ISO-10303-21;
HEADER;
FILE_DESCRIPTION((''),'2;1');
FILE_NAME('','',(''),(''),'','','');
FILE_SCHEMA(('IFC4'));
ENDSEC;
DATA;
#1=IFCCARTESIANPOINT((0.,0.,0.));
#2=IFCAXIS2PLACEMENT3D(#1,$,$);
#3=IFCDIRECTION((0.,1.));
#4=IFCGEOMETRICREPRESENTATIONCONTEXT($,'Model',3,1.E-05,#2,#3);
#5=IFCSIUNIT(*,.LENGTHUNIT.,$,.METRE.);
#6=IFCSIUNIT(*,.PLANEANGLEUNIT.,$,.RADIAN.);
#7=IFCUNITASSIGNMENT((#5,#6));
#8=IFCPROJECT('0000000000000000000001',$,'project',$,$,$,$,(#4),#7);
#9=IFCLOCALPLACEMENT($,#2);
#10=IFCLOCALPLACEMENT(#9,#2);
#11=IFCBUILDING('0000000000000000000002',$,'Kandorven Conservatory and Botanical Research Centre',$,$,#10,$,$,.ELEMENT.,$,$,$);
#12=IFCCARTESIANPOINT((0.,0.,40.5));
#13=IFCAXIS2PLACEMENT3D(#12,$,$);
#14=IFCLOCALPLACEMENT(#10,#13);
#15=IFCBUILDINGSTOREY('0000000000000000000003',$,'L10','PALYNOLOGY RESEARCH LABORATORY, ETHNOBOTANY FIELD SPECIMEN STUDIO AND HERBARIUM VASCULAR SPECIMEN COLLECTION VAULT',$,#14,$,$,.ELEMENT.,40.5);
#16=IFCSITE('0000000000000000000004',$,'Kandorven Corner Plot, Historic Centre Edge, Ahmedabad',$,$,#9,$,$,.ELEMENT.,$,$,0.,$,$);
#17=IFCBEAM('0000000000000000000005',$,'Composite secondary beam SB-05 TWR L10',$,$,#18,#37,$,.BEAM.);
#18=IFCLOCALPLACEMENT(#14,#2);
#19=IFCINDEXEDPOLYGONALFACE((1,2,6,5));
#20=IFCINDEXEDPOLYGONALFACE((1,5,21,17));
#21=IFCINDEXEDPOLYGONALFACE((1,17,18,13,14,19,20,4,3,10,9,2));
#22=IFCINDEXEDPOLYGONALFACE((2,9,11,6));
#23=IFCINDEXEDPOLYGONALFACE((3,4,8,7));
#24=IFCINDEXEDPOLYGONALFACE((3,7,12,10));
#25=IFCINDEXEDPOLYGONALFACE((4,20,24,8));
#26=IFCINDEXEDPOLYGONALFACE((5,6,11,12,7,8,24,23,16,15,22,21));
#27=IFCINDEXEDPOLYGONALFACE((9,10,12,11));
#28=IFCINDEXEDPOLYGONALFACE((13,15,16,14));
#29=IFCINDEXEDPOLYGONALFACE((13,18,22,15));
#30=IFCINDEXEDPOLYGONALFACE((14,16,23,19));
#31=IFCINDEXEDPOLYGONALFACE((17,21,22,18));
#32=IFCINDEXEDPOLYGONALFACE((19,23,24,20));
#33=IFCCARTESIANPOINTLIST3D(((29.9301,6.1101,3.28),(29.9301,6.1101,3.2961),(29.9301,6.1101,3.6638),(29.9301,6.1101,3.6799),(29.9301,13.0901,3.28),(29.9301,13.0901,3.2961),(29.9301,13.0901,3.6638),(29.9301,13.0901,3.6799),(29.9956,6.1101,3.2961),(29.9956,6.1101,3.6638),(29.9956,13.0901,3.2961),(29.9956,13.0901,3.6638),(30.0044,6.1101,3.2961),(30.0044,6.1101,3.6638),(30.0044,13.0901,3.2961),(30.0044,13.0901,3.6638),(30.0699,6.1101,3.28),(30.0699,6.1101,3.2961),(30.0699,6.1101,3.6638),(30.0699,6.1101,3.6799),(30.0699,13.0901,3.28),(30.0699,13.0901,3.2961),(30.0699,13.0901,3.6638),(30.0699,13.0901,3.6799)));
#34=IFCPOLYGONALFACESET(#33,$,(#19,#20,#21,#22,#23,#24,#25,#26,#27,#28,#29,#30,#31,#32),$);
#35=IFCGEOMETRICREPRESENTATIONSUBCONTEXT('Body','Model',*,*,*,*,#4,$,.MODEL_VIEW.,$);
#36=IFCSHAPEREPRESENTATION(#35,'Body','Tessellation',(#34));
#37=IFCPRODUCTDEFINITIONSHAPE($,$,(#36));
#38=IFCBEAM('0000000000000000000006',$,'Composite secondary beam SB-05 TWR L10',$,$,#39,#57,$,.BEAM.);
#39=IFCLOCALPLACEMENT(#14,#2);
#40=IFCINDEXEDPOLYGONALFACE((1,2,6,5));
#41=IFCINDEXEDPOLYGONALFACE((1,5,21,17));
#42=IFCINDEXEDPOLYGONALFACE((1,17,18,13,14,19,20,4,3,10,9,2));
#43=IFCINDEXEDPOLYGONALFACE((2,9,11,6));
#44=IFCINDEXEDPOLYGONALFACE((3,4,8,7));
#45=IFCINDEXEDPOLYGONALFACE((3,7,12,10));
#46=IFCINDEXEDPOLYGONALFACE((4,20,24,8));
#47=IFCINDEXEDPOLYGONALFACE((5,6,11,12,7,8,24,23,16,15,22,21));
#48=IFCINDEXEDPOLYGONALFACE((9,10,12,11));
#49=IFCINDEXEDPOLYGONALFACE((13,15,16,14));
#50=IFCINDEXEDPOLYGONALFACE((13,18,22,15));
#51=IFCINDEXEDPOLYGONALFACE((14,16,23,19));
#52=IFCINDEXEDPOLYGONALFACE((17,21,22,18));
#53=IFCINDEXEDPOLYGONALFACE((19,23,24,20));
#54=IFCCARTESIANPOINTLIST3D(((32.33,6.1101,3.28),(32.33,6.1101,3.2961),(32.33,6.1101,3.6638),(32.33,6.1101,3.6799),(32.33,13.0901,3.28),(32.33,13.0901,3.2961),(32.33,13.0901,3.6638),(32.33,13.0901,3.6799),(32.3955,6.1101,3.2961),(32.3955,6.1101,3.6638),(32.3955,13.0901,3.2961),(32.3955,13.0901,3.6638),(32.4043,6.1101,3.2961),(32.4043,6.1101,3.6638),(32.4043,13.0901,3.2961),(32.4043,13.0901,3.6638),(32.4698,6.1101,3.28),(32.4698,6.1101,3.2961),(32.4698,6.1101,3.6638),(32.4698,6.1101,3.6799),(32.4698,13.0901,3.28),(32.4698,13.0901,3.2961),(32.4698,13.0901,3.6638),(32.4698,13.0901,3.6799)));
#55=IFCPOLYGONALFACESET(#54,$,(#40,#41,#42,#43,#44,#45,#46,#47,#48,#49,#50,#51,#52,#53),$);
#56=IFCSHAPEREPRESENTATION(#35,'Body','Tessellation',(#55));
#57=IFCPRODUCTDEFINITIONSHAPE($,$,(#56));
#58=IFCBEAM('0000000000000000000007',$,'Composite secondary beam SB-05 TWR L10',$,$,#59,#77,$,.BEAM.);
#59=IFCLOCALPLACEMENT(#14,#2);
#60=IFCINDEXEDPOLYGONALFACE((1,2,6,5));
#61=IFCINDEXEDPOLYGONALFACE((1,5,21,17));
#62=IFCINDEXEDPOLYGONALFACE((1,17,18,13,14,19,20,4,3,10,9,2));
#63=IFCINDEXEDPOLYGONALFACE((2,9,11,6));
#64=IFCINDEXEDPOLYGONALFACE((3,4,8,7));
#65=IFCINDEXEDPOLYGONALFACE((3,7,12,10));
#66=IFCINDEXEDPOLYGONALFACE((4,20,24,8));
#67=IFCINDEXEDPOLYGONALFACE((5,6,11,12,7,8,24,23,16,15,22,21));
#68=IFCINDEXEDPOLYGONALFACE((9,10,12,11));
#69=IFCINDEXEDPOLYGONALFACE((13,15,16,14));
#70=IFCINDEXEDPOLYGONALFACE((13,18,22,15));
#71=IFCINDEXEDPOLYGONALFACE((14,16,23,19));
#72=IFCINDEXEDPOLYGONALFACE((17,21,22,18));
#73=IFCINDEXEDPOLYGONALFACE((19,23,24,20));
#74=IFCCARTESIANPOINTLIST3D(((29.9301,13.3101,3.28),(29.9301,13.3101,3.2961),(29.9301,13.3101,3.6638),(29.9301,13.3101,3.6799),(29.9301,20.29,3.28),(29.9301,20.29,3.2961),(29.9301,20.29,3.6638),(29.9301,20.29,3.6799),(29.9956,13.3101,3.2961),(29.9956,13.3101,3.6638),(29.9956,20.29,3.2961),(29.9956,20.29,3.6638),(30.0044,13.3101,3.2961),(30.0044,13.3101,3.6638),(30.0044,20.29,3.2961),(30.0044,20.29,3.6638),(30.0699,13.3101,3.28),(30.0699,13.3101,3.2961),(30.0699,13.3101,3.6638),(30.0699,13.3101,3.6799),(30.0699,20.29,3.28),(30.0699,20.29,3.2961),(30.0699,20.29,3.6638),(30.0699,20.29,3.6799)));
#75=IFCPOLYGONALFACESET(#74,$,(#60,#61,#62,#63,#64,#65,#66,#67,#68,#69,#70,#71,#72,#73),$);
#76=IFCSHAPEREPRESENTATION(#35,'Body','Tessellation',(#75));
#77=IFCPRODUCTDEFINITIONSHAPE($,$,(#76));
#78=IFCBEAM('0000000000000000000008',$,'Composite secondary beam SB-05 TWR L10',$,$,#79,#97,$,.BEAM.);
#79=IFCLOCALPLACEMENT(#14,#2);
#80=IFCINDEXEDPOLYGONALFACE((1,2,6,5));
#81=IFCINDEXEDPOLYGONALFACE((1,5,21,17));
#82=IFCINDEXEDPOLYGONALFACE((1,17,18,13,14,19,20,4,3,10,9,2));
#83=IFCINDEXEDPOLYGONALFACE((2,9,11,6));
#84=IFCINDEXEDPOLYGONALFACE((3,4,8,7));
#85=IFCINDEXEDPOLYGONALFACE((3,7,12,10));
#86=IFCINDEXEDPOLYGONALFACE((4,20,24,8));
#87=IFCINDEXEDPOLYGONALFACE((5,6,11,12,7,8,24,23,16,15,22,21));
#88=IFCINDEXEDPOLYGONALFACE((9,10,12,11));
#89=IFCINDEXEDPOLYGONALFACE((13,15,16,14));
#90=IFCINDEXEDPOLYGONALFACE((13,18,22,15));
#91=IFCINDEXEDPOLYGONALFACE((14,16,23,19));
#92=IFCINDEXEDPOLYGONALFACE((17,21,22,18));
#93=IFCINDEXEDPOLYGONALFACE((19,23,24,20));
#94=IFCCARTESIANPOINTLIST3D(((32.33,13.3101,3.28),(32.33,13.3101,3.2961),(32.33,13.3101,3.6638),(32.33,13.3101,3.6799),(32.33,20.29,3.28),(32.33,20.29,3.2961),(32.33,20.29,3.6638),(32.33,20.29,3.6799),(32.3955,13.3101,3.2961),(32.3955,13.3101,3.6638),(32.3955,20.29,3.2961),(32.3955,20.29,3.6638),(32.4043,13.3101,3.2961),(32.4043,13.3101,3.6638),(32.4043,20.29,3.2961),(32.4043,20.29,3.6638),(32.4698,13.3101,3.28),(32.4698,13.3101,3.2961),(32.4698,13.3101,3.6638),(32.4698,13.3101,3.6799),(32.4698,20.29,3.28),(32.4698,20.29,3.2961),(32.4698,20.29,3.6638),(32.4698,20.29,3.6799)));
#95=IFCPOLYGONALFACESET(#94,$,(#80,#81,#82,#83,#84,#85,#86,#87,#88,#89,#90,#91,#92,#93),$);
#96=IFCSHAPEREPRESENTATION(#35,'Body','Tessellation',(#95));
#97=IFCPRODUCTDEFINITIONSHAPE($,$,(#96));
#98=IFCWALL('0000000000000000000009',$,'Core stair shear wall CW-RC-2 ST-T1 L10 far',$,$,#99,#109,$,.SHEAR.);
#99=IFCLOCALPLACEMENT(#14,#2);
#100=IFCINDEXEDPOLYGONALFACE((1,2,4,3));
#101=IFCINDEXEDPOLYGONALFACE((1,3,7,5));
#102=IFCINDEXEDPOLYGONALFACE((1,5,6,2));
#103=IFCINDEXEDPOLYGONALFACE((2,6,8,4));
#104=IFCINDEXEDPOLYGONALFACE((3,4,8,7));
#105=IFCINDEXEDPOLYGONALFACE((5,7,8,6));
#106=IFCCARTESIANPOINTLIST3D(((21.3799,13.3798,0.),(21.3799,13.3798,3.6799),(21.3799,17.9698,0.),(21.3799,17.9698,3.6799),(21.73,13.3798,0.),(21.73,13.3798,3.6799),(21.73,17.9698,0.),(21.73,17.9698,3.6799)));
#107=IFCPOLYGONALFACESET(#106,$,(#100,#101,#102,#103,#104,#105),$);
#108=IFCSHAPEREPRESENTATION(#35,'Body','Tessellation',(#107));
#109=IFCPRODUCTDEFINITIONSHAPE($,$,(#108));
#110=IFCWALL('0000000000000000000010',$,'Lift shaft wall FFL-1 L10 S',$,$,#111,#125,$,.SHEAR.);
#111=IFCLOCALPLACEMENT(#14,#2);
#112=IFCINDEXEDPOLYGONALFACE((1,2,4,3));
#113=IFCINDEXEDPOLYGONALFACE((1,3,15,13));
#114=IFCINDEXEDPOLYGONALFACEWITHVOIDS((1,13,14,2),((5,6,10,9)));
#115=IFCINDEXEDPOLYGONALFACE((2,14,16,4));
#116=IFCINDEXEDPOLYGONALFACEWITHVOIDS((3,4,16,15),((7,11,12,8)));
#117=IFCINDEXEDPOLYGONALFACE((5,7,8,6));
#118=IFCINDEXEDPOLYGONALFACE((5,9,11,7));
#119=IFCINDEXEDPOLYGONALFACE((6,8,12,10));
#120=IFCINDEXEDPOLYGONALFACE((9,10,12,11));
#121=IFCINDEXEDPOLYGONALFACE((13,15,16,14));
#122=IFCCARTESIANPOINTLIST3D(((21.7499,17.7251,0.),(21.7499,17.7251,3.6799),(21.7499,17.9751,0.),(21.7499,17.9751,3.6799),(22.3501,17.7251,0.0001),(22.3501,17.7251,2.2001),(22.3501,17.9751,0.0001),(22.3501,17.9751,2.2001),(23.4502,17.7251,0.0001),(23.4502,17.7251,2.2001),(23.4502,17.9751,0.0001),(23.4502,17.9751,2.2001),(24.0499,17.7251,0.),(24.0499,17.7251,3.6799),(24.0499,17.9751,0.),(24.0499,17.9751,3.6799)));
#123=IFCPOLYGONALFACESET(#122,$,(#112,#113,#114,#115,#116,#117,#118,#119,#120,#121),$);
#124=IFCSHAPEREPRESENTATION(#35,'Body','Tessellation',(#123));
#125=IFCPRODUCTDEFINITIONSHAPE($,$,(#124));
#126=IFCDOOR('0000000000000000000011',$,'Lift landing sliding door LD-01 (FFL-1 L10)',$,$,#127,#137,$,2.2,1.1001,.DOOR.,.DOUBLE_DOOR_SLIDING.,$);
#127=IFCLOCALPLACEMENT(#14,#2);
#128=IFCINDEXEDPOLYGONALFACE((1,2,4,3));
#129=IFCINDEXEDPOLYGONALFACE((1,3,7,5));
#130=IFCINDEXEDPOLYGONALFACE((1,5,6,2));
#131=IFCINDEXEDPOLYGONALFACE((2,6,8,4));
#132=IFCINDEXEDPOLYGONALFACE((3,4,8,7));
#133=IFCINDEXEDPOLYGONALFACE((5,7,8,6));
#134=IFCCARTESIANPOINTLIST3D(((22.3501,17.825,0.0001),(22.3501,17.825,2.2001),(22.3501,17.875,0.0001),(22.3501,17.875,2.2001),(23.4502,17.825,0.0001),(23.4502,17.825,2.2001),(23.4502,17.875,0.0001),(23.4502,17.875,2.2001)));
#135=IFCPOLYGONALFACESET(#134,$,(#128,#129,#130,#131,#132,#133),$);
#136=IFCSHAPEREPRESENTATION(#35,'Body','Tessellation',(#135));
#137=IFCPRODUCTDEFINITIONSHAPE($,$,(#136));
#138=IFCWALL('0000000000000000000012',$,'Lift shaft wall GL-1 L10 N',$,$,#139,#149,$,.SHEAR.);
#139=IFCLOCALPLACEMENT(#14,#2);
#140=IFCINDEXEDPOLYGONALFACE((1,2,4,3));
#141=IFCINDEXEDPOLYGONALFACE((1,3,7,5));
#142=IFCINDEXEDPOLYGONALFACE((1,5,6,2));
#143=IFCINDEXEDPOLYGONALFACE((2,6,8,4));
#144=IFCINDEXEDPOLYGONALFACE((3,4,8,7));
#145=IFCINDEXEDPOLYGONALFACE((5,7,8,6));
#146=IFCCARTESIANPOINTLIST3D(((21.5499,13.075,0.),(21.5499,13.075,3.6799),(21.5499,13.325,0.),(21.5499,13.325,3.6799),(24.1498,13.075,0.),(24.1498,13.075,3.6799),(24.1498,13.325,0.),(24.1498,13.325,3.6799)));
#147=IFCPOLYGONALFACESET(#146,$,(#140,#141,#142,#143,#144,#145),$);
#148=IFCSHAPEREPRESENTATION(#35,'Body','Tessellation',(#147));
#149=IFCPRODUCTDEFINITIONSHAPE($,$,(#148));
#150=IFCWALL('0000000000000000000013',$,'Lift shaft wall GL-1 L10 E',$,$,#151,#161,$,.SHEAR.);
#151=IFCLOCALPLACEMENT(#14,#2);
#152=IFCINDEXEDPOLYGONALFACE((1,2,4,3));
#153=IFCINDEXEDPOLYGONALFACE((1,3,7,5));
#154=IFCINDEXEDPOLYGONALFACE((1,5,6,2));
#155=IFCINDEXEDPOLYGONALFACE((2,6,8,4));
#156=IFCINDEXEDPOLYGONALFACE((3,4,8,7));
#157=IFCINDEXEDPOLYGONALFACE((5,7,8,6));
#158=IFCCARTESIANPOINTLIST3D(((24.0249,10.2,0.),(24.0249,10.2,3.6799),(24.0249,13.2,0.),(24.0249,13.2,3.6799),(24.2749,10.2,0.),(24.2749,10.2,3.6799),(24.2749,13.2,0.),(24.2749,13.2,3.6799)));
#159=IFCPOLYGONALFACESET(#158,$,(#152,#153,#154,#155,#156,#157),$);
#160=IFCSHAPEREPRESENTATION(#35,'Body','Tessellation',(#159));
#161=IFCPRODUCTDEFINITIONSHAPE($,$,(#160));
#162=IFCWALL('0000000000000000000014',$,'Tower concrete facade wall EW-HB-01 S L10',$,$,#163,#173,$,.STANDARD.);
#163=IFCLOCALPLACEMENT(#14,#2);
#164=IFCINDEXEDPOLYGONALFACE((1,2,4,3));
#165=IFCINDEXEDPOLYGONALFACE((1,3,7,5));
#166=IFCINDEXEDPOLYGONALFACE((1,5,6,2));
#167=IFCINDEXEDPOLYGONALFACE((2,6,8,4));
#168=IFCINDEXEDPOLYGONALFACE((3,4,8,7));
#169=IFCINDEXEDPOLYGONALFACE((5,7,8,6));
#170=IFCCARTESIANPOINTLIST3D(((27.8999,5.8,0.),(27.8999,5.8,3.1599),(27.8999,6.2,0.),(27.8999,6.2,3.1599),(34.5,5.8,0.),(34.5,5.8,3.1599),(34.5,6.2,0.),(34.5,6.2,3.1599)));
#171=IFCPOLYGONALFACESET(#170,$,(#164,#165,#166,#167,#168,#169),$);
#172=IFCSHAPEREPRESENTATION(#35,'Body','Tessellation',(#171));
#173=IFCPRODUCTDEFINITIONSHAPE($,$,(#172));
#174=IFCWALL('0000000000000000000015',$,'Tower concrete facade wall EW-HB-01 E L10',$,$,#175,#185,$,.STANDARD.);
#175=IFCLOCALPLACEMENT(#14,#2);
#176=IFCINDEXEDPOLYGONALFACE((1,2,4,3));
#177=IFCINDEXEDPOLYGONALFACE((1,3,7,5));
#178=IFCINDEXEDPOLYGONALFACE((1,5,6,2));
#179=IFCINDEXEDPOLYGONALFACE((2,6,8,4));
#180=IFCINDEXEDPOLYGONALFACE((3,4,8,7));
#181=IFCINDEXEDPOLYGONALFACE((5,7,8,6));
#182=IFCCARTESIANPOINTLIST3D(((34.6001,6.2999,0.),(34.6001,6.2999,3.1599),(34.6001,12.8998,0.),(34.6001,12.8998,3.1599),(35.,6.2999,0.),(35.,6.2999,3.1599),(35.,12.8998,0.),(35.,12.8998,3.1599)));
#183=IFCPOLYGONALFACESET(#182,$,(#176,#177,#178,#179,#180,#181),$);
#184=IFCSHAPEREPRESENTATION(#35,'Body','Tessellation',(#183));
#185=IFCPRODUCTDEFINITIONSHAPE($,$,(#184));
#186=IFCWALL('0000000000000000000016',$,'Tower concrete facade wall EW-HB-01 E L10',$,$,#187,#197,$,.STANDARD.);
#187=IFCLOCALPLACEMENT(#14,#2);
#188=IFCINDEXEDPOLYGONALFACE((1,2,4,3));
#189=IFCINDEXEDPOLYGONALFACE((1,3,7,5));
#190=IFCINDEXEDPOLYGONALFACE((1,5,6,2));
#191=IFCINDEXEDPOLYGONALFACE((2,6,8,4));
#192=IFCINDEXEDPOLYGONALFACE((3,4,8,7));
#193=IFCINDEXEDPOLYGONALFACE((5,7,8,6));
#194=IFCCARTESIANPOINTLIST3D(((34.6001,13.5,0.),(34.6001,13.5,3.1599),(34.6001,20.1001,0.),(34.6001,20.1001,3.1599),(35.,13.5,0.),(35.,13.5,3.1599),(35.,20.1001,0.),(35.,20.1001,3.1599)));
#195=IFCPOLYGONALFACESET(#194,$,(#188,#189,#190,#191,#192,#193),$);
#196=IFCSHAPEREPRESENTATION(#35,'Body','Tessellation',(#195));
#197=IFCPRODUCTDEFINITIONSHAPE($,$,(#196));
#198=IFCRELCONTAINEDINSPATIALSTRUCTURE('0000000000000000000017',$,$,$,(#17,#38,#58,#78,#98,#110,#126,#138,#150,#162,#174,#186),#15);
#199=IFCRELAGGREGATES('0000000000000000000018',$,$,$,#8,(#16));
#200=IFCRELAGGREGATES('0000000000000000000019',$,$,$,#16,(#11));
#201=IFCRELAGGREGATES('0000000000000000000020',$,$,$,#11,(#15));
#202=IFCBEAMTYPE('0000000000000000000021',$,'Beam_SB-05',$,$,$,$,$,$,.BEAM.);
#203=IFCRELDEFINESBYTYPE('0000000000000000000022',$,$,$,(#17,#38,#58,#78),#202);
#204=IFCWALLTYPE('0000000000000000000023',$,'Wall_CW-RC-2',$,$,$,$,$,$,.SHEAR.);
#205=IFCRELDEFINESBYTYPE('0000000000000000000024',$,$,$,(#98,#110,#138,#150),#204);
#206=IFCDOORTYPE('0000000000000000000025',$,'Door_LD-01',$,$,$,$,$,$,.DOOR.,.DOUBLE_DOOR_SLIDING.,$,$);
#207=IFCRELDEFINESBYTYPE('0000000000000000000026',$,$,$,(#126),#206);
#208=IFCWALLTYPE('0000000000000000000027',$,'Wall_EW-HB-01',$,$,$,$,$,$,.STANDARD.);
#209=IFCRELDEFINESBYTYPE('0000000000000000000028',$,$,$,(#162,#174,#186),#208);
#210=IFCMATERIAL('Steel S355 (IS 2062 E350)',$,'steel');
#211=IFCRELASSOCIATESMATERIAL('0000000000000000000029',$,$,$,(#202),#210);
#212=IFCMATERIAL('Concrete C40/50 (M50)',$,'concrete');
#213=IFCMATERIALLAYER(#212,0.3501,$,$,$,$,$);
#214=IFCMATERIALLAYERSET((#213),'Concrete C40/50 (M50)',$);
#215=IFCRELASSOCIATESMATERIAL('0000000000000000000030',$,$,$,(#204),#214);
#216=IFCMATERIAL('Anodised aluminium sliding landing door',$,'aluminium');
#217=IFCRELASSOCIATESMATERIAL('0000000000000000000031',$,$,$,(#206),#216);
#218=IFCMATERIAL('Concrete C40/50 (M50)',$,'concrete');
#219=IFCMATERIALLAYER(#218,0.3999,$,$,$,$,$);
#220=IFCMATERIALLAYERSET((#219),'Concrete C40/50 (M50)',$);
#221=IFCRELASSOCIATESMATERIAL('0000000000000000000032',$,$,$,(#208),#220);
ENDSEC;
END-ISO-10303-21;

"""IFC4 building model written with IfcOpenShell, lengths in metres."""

from ifc_helpers import new_model, si_unit, direction, frame, frame_2d, origin, origin_2d, place, context, subcontext, project, spatial, rectangle, i_section, extrude, material, layer, layer_set, material_profile, profile_set, type_object, element, fill, save


model = new_model("IFC4")

# Units and contexts
model_context = context("Model", 3, precision=1e-05, world=origin(), true_north=direction((0.0, 1.0)))
body_context = subcontext(model_context, "Body", "Model", "MODEL_VIEW")
ifc_project = project(units=[si_unit("LENGTHUNIT", "METRE"), si_unit("PLANEANGLEUNIT", "RADIAN")], contexts=[model_context])

# Site, building, storey
site_placement = place(None, origin())
site = spatial("IfcSite", under=ifc_project, at=site_placement, Name="Kandorven Corner Plot, Historic Centre Edge, Ahmedabad", CompositionType="ELEMENT", RefElevation=0.0)
building_placement = place(site_placement, origin())
building = spatial("IfcBuilding", under=site, at=building_placement, Name="Kandorven Conservatory and Botanical Research Centre", CompositionType="ELEMENT")
storey_placement = place(building_placement, frame((0.0, 0.0, 40.5)))
storey = spatial("IfcBuildingStorey", under=building, at=storey_placement, Name="L10", Description="PALYNOLOGY RESEARCH LABORATORY, ETHNOBOTANY FIELD SPECIMEN STUDIO AND HERBARIUM VASCULAR SPECIMEN COLLECTION VAULT", CompositionType="ELEMENT", Elevation=40.5)

# Beams
ifc_material_1 = material(Name="Steel S355 (IS 2062 E350)", Category="steel")
ifc_material_profile_1 = material_profile(ifc_material_1, i_section(OverallWidth=0.1399, OverallDepth=0.3999, WebThickness=0.0088, FlangeThickness=0.0161, at=origin_2d()))
ifc_profile_set_1 = profile_set([ifc_material_profile_1], Name="Steel S355 (IS 2062 E350)")
beam_type_1 = type_object("IfcBeamType", Name="Beam_SB-05", PredefinedType="BEAM", material=ifc_profile_set_1)
for number, where, z_axis, x_axis, name in (
    (1, (30.0, 6.1101, 3.48), (0.0, 1.0, 0.0), (-1.0, 0.0, 0.0), "Composite secondary beam SB-05 TWR L10"),
    (2, (32.3999, 6.1101, 3.48), (0.0, 1.0, 0.0), (-1.0, 0.0, 0.0), "Composite secondary beam SB-05 TWR L10"),
    (3, (30.0, 13.3101, 3.48), (0.0, 1.0, 0.0), (-1.0, 0.0, 0.0), "Composite secondary beam SB-05 TWR L10"),
    (4, (32.3999, 13.3101, 3.48), (0.0, 1.0, 0.0), (-1.0, 0.0, 0.0), "Composite secondary beam SB-05 TWR L10"),
):
    element("IfcBeam", number, at=place(storey_placement, frame(where, z_axis=z_axis, x_axis=x_axis)), inside=storey, type_object=beam_type_1, Name=name, PredefinedType="BEAM", context=body_context, shape_type="SweptSolid", body=[
        extrude(i_section(OverallWidth=0.1399, OverallDepth=0.3999, WebThickness=0.0088, FlangeThickness=0.0161, at=origin_2d()), origin(), (0.0, 0.0, 1.0), 6.98),
    ])

# Wall
ifc_material_2 = material(Name="Concrete C40/50 (M50)", Category="concrete")
ifc_layer_1 = layer(ifc_material_2, 0.3501)
ifc_layer_set_1 = layer_set([ifc_layer_1], Name="Concrete C40/50 (M50)")
wall_type_1 = type_object("IfcWallType", Name="Wall_CW-RC-2", PredefinedType="SHEAR", material=ifc_layer_set_1)
wall_1_placement = place(storey_placement, frame((21.5549, 13.3799, 0.0), z_axis=(0.0, 0.0, 1.0), x_axis=(0.0, 1.0, 0.0)))
element("IfcWall", 5, at=wall_1_placement, inside=storey, type_object=wall_type_1, Name="Core stair shear wall CW-RC-2 ST-T1 L10 far", PredefinedType="SHEAR", context=body_context, shape_type="SweptSolid", body=[
    extrude(rectangle(XDim=4.5901, YDim=0.3501, at=frame_2d((2.2949, 0.0))), origin(), (0.0, 0.0, 1.0), 3.6799),
])

# Wall, opening, door
wall_2_placement = place(storey_placement, frame((21.75, 17.8501, 0.0), z_axis=(0.0, 0.0, 1.0), x_axis=(1.0, 0.0, 0.0)))
wall_2 = element("IfcWall", 6, at=wall_2_placement, inside=storey, type_object=wall_type_1, Name="Lift shaft wall FFL-1 L10 S", PredefinedType="SHEAR", context=body_context, shape_type="SweptSolid", body=[
    extrude(rectangle(XDim=2.3, YDim=0.25, at=frame_2d((1.1499, 0.0))), origin(), (0.0, 0.0, 1.0), 3.6799),
])
opening_1_placement = place(wall_2_placement, frame((0.6001, 0.0, 0.0)))
opening_1 = element("IfcOpeningElement", 7, at=opening_1_placement, cuts=wall_2, PredefinedType="OPENING", context=body_context, shape_type="SweptSolid", body=[
    extrude(rectangle(XDim=1.1001, YDim=2.2, at=frame_2d((0.55, 1.1001))), frame((0.0, 0.135, 0.0), z_axis=(0.0, -1.0, 0.0), x_axis=(1.0, 0.0, 0.0)), (0.0, 0.0, 1.0), 0.27),
])
ifc_material_3 = material(Name="Anodised aluminium sliding landing door", Category="aluminium")
door_type_1 = type_object("IfcDoorType", Name="Door_LD-01", OperationType="DOUBLE_DOOR_SLIDING", PredefinedType="DOOR", material=ifc_material_3)
door_1_placement = place(opening_1_placement, origin())
door_1 = element("IfcDoor", 8, at=door_1_placement, inside=storey, type_object=door_type_1, Name="Lift landing sliding door LD-01 (FFL-1 L10)", OperationType="DOUBLE_DOOR_SLIDING", OverallHeight=2.2, OverallWidth=1.1001, PredefinedType="DOOR", context=body_context, shape_type="SweptSolid", body=[
    extrude(rectangle(XDim=1.1001, YDim=2.2, at=frame_2d((0.55, 1.1001))), frame((0.0, 0.0249, 0.0), z_axis=(0.0, -1.0, 0.0), x_axis=(1.0, 0.0, 0.0)), (0.0, 0.0, 1.0), 0.05),
])
fill(opening_1, door_1)

# Walls
wall_3_placement = place(storey_placement, frame((21.55, 13.2, 0.0), z_axis=(0.0, 0.0, 1.0), x_axis=(1.0, 0.0, 0.0)))
element("IfcWall", 9, at=wall_3_placement, inside=storey, type_object=wall_type_1, Name="Lift shaft wall GL-1 L10 N", PredefinedType="SHEAR", context=body_context, shape_type="SweptSolid", body=[
    extrude(rectangle(XDim=2.5999, YDim=0.25, at=frame_2d((1.2998, 0.0))), origin(), (0.0, 0.0, 1.0), 3.6799),
])
wall_4_placement = place(storey_placement, frame((24.1499, 10.2, 0.0), z_axis=(0.0, 0.0, 1.0), x_axis=(0.0, 1.0, 0.0)))
element("IfcWall", 10, at=wall_4_placement, inside=storey, type_object=wall_type_1, Name="Lift shaft wall GL-1 L10 E", PredefinedType="SHEAR", context=body_context, shape_type="SweptSolid", body=[
    extrude(rectangle(XDim=3.0, YDim=0.25, at=frame_2d((1.5, 0.0))), origin(), (0.0, 0.0, 1.0), 3.6799),
])
ifc_material_4 = material(Name="Concrete C40/50 (M50)", Category="concrete")
ifc_layer_2 = layer(ifc_material_4, 0.3999)
ifc_layer_set_2 = layer_set([ifc_layer_2], Name="Concrete C40/50 (M50)")
wall_type_2 = type_object("IfcWallType", Name="Wall_EW-HB-01", PredefinedType="STANDARD", material=ifc_layer_set_2)
wall_5_placement = place(storey_placement, frame((27.8999, 6.0, 0.0), z_axis=(0.0, 0.0, 1.0), x_axis=(1.0, 0.0, 0.0)))
element("IfcWall", 11, at=wall_5_placement, inside=storey, type_object=wall_type_2, Name="Tower concrete facade wall EW-HB-01 S L10", PredefinedType="STANDARD", context=body_context, shape_type="SweptSolid", body=[
    extrude(rectangle(XDim=6.6001, YDim=0.3999, at=frame_2d((3.3, 0.0))), origin(), (0.0, 0.0, 1.0), 3.1599),
])
wall_6_placement = place(storey_placement, frame((34.8, 6.3, 0.0), z_axis=(0.0, 0.0, 1.0), x_axis=(0.0, 1.0, 0.0)))
element("IfcWall", 12, at=wall_6_placement, inside=storey, type_object=wall_type_2, Name="Tower concrete facade wall EW-HB-01 E L10", PredefinedType="STANDARD", context=body_context, shape_type="SweptSolid", body=[
    extrude(rectangle(XDim=6.5999, YDim=0.3999, at=frame_2d((3.2998, 0.0))), origin(), (0.0, 0.0, 1.0), 3.1599),
])
wall_7_placement = place(storey_placement, frame((34.8, 13.5, 0.0), z_axis=(0.0, 0.0, 1.0), x_axis=(0.0, 1.0, 0.0)))
element("IfcWall", 13, at=wall_7_placement, inside=storey, type_object=wall_type_2, Name="Tower concrete facade wall EW-HB-01 E L10", PredefinedType="STANDARD", context=body_context, shape_type="SweptSolid", body=[
    extrude(rectangle(XDim=6.6001, YDim=0.3999, at=frame_2d((3.3, 0.0))), origin(), (0.0, 0.0, 1.0), 3.1599),
])

save(model, "model.ifc")
